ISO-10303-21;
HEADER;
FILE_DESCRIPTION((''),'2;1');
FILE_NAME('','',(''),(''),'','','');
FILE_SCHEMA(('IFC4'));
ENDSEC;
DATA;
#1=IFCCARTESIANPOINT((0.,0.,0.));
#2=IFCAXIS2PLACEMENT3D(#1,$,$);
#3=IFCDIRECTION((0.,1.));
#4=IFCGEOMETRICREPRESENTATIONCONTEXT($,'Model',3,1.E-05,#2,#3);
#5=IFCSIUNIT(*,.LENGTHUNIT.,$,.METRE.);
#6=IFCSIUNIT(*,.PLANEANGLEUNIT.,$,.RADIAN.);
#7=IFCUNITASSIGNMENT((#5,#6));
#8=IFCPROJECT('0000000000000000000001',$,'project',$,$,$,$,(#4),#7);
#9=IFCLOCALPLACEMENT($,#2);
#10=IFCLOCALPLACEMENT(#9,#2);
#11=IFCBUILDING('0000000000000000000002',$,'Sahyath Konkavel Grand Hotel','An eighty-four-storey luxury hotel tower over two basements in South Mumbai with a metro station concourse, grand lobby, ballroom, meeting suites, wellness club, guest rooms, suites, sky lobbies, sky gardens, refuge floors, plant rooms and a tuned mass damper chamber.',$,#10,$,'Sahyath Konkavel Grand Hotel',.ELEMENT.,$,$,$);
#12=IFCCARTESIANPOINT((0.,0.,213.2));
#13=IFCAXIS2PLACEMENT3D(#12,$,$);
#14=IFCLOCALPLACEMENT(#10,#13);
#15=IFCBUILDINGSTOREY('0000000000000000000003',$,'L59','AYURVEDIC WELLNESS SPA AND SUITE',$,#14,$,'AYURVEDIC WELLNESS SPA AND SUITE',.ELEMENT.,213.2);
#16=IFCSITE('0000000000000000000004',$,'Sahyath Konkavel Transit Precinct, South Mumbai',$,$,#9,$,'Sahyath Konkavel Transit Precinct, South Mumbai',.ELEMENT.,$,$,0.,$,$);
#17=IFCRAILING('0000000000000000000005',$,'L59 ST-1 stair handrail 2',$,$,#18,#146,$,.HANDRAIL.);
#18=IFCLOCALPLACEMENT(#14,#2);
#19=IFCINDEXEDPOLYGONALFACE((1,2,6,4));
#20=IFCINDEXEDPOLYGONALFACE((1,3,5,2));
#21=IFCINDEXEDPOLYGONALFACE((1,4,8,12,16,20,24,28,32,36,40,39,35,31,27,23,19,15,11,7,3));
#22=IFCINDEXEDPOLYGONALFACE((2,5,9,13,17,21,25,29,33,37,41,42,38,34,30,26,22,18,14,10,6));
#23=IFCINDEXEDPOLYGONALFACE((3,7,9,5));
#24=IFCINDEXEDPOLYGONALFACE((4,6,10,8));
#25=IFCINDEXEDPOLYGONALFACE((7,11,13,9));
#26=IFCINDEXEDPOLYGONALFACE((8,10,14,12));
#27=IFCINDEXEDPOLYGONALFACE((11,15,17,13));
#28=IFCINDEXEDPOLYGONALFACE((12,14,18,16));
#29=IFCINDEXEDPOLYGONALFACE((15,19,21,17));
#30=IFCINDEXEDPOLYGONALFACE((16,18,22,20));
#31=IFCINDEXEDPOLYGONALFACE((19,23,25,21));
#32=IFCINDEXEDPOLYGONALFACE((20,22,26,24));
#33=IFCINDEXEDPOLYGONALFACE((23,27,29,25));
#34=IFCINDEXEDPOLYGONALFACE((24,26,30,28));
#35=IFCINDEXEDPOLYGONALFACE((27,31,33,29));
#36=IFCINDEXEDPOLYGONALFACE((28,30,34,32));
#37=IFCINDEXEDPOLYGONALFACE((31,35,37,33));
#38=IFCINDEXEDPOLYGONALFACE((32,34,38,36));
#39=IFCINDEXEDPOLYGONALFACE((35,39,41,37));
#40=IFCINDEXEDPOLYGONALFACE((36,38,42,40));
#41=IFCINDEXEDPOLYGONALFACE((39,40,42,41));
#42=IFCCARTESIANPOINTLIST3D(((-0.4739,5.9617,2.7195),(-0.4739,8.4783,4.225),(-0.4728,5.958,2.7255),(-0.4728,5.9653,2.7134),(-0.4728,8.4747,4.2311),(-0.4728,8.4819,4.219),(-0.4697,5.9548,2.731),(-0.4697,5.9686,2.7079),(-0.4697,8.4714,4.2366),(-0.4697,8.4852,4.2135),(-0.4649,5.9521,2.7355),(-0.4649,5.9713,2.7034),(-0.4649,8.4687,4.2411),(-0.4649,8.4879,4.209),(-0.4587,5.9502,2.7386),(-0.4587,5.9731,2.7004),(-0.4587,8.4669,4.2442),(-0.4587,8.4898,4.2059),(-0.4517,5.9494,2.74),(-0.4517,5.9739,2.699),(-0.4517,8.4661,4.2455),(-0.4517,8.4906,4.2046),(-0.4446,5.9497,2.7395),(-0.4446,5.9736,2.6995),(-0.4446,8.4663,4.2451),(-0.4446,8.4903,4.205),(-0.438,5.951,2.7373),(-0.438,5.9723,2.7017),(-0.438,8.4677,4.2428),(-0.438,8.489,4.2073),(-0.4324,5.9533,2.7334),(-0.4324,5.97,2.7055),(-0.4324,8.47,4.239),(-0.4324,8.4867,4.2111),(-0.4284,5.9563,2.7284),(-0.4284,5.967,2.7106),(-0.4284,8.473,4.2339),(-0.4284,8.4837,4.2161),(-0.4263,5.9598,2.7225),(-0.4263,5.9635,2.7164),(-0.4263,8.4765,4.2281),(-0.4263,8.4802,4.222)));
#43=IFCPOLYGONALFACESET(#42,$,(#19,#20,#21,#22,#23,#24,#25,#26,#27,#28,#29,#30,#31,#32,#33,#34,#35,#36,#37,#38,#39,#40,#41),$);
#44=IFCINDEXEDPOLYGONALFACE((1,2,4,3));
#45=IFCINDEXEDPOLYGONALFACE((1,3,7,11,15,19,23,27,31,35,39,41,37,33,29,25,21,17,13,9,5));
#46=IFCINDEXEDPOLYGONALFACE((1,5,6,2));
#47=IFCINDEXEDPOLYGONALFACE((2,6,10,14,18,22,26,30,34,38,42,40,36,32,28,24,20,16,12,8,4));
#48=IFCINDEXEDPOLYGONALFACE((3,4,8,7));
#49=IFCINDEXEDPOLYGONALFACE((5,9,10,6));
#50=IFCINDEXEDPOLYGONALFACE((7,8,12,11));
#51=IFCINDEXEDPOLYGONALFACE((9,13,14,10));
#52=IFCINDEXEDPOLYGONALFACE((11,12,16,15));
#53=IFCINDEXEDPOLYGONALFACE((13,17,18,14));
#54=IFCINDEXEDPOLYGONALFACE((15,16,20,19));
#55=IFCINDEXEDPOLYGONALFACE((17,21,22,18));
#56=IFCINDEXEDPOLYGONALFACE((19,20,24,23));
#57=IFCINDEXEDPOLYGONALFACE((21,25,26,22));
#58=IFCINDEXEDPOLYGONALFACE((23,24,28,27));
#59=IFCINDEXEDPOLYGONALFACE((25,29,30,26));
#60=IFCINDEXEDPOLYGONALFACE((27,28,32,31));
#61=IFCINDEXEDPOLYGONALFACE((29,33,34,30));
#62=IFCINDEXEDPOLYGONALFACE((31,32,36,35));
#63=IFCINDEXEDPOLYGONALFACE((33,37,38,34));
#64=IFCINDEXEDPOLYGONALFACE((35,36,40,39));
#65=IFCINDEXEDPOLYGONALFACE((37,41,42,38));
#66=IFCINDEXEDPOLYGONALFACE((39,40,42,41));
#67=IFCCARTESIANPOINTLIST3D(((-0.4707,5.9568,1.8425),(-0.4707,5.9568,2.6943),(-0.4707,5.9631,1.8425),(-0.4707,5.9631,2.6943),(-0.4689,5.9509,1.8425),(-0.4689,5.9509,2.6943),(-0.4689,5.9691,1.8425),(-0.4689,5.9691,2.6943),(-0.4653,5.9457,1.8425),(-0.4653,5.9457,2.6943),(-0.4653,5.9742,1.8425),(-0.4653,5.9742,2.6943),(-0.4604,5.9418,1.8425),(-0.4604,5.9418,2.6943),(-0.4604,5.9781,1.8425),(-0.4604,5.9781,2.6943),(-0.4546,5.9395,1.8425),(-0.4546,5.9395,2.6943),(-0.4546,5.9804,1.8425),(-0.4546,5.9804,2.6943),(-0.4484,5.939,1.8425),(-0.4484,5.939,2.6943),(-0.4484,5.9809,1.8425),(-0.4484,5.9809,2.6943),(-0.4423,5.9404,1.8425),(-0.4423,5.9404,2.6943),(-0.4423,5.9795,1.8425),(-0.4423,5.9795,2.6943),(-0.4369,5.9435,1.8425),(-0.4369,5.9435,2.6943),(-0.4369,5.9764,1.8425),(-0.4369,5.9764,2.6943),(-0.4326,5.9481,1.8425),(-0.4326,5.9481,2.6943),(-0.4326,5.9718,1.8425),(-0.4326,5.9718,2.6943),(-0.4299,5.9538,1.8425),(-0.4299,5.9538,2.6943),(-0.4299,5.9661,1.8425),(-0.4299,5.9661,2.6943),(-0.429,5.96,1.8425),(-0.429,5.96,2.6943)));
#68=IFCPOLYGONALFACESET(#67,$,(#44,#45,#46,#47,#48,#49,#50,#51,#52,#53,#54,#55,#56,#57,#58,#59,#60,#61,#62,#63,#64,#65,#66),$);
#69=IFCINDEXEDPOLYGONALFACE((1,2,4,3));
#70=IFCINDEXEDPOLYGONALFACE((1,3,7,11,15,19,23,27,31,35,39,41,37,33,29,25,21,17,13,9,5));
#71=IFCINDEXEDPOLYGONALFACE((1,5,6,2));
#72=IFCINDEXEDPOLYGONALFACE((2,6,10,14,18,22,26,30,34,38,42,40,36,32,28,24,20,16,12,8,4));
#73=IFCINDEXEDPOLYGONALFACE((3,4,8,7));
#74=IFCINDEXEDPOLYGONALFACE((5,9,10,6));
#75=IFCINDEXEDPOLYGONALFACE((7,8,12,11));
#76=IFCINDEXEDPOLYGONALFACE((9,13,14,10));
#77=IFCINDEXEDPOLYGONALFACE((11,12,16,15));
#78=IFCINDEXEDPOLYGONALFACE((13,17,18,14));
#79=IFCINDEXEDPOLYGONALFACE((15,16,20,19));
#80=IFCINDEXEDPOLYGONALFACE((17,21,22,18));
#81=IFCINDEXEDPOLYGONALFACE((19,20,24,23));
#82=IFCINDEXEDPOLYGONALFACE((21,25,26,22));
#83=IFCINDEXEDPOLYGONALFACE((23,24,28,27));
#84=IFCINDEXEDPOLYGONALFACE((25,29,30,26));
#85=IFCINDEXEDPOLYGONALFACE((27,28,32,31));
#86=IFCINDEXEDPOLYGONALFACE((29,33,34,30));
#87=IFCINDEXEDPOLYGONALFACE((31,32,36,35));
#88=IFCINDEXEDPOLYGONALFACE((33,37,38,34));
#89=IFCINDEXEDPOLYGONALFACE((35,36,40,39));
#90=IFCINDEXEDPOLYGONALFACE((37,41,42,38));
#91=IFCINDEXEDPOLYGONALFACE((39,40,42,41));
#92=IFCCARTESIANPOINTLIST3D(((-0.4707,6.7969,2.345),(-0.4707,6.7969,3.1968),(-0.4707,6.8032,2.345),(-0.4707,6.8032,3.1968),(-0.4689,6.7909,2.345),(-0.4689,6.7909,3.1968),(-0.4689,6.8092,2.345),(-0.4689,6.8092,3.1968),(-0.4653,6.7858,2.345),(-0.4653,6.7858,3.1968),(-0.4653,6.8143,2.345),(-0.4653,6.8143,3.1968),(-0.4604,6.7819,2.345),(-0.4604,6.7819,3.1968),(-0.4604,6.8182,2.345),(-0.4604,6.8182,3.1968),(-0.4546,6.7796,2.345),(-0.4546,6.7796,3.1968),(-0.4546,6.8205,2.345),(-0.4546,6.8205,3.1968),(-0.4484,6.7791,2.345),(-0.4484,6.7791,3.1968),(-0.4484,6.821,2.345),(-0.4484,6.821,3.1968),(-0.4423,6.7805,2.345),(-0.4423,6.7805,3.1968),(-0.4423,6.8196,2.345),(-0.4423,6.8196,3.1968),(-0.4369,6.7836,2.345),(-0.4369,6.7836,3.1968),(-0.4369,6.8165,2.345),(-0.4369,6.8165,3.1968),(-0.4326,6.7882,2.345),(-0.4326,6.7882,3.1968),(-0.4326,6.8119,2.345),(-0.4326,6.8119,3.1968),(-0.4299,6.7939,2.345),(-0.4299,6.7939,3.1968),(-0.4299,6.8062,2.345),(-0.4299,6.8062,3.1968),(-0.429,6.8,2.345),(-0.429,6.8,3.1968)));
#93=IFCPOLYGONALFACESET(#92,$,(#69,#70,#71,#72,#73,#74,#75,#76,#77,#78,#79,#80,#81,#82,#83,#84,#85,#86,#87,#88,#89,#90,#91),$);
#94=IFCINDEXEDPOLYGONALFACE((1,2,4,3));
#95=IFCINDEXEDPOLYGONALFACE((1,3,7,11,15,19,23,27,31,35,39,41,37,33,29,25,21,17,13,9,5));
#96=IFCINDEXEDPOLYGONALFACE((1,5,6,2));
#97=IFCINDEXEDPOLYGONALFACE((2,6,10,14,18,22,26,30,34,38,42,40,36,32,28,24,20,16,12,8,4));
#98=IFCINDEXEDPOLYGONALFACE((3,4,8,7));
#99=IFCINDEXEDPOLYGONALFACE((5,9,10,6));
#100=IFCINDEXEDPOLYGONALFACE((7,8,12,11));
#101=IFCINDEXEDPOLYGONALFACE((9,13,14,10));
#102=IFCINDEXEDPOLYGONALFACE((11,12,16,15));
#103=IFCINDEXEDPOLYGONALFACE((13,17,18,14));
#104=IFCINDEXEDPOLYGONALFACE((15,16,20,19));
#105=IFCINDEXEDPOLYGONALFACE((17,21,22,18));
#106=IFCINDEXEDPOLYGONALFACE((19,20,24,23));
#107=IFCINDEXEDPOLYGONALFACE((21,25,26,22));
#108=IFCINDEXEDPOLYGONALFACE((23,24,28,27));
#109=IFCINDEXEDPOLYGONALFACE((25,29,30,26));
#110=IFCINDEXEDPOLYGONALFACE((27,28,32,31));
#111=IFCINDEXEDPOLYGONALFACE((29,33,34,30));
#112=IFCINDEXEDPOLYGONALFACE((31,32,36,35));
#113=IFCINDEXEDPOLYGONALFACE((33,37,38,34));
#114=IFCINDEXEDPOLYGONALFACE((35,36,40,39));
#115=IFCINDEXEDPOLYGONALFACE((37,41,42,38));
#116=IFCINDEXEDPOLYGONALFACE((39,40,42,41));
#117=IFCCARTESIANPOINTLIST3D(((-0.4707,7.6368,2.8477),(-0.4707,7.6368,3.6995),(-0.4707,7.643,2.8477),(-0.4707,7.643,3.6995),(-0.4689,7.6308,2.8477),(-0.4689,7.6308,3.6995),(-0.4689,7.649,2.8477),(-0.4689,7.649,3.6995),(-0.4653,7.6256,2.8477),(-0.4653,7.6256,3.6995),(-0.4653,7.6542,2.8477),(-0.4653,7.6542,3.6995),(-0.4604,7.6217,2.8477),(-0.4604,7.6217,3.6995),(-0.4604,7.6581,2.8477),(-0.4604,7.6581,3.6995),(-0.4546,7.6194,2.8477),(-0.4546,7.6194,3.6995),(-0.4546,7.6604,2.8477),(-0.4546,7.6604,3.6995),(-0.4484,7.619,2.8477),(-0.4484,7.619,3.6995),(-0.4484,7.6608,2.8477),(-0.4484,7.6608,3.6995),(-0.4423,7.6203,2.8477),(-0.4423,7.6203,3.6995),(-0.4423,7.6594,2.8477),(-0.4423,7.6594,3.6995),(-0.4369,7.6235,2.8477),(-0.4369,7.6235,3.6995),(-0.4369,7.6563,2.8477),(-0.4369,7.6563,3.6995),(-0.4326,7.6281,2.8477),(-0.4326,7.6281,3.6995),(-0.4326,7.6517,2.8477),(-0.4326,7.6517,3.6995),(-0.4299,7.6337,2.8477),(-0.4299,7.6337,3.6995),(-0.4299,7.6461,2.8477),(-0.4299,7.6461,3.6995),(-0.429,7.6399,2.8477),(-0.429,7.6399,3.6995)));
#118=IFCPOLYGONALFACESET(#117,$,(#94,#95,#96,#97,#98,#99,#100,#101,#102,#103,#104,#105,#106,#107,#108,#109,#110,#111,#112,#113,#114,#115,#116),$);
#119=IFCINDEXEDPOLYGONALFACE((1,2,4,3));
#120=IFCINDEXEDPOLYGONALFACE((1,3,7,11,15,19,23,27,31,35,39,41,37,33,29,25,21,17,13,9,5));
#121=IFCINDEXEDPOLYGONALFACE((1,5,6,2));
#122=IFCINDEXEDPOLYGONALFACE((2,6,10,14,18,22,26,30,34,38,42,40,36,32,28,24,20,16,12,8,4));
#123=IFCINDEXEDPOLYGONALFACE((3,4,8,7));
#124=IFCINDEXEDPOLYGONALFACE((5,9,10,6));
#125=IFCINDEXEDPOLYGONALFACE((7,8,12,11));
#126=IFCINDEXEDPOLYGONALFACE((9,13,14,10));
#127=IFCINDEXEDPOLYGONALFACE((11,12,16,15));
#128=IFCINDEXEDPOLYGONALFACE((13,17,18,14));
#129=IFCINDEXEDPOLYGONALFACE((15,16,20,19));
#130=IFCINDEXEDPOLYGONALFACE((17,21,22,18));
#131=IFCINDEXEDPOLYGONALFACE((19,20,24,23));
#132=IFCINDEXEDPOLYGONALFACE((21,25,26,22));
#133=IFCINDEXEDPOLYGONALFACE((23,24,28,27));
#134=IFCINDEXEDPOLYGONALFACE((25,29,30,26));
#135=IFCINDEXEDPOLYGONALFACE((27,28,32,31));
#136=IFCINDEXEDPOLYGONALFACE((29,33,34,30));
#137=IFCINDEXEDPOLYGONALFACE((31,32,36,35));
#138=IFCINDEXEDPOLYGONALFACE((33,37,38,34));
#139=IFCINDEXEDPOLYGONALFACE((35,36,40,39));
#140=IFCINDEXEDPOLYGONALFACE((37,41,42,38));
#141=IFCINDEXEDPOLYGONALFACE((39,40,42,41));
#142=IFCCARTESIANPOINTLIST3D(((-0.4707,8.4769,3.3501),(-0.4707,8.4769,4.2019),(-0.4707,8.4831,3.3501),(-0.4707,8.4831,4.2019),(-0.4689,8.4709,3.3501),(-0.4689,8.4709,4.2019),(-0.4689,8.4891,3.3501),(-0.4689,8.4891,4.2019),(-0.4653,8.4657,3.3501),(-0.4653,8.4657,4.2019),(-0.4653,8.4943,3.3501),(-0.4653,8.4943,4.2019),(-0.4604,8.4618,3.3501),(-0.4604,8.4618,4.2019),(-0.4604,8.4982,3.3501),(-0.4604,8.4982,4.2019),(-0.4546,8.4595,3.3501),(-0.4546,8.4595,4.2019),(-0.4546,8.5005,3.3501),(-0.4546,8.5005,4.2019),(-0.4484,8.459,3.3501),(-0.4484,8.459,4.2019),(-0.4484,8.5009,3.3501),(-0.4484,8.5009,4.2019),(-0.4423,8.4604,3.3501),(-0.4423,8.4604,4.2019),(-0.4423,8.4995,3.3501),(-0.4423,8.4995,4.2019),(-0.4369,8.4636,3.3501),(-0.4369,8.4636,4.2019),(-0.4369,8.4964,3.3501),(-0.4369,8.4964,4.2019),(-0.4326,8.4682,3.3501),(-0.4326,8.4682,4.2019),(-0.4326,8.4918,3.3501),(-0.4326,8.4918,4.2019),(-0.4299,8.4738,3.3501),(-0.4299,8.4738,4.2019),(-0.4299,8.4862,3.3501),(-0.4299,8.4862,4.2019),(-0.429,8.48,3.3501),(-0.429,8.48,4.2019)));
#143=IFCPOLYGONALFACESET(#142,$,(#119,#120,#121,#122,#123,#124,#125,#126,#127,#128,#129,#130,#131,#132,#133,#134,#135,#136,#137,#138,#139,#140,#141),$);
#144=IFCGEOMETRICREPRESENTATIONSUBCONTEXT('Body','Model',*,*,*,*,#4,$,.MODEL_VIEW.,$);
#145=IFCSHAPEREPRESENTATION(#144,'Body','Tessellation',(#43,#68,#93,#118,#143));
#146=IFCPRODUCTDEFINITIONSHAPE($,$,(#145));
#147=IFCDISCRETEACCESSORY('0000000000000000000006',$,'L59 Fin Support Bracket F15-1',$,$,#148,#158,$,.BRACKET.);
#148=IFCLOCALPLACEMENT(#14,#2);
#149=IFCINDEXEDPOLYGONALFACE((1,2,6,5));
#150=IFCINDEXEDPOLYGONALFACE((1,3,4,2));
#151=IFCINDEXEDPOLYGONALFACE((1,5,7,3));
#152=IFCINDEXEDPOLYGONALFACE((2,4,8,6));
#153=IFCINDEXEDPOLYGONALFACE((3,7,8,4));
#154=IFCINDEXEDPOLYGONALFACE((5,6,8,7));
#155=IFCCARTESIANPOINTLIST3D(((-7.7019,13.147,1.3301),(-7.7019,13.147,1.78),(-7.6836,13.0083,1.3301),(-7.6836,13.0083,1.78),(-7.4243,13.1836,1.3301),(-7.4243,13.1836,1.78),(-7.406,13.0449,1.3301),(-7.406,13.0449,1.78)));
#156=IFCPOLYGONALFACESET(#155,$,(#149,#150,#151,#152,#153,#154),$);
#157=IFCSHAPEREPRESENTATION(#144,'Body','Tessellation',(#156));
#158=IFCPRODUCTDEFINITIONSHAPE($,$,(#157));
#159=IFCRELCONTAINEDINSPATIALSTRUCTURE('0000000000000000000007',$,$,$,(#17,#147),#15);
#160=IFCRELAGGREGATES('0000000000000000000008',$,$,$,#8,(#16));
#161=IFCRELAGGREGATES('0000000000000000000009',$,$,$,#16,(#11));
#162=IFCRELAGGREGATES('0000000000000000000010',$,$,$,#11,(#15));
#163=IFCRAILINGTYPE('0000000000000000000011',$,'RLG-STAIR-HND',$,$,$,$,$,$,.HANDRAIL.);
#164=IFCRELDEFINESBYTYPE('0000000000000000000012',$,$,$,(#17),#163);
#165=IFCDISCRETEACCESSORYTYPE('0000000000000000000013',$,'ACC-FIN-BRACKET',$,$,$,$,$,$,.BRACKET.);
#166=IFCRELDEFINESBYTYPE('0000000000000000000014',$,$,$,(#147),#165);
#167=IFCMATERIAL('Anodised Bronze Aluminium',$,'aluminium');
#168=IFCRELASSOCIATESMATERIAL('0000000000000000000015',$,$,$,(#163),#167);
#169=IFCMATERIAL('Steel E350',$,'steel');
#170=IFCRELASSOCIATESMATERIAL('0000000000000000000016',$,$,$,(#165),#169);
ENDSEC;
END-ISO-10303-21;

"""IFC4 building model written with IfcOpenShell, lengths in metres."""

from ifc_helpers import new_model, si_unit, direction, frame, origin, origin_2d, place, context, subcontext, project, spatial, rectangle, circle, extrude, source, transform, mapped, material, type_object, element, save


model = new_model("IFC4")

# Units and contexts
model_context = context("Model", 3, precision=1e-05, world=origin(), true_north=direction((0.0, 1.0)))
body_context = subcontext(model_context, "Body", "Model", "MODEL_VIEW")
ifc_project = project(units=[si_unit("LENGTHUNIT", "METRE"), si_unit("PLANEANGLEUNIT", "RADIAN")], contexts=[model_context])

# Site, building, storey
site_placement = place(None, origin())
site = spatial("IfcSite", under=ifc_project, at=site_placement, Name="Sahyath Konkavel Transit Precinct, South Mumbai", LongName="Sahyath Konkavel Transit Precinct, South Mumbai", CompositionType="ELEMENT", RefElevation=0.0)
building_placement = place(site_placement, origin())
building = spatial("IfcBuilding", under=site, at=building_placement, Name="Sahyath Konkavel Grand Hotel", Description="An eighty-four-storey luxury hotel tower over two basements in South Mumbai with a metro station concourse, grand lobby, ballroom, meeting suites, wellness club, guest rooms, suites, sky lobbies, sky gardens, refuge floors, plant rooms and a tuned mass damper chamber.", LongName="Sahyath Konkavel Grand Hotel", CompositionType="ELEMENT")
storey_placement = place(building_placement, frame((0.0, 0.0, 213.2)))
storey = spatial("IfcBuildingStorey", under=building, at=storey_placement, Name="L59", Description="AYURVEDIC WELLNESS SPA AND SUITE", LongName="AYURVEDIC WELLNESS SPA AND SUITE", CompositionType="ELEMENT", Elevation=213.2)

# Shared definitions
ifc_material_1 = material(Name="Steel E350", Category="steel")

# Shared definitions
ifc_material_2 = material(Name="Anodised Bronze Aluminium", Category="aluminium")

# Railing
railing_type_1 = type_object("IfcRailingType", Name="RLG-STAIR-HND", PredefinedType="HANDRAIL", material=ifc_material_2)
railing_1_placement = place(storey_placement, frame((-0.45, 5.96, 1.8425)))
element("IfcRailing", 1, at=railing_1_placement, inside=storey, type_object=railing_type_1, Name="L59 ST-1 stair handrail 2", PredefinedType="HANDRAIL", context=body_context, shape_type="SweptSolid", body=[
    extrude(circle(Radius=0.0239, at=origin_2d()), frame((0.0, 0.0017, 0.877), z_axis=(0.0, 0.85816, 0.513383), x_axis=(-1.0, 0.0, 0.0)), (0.0, 0.0, 1.0), 2.9326),
    extrude(circle(Radius=0.021, at=origin_2d()), origin(), (0.0, 0.0, 1.0), 0.8518),
    extrude(circle(Radius=0.021, at=origin_2d()), frame((0.0, 0.8401, 0.5024)), (0.0, 0.0, 1.0), 0.8518),
    extrude(circle(Radius=0.021, at=origin_2d()), frame((0.0, 1.6799, 1.0051)), (0.0, 0.0, 1.0), 0.8518),
    extrude(circle(Radius=0.021, at=origin_2d()), frame((0.0, 2.52, 1.5076)), (0.0, 0.0, 1.0), 0.8518),
])

# Discrete accessory
discrete_accessory_type = type_object("IfcDiscreteAccessoryType", Name="ACC-FIN-BRACKET", PredefinedType="BRACKET", material=ifc_material_1)
shared_shape_1 = source(origin(), body_context, "Body", "SweptSolid", [
    extrude(rectangle(XDim=0.28, YDim=0.1399, at=origin_2d()), origin(), (0.0, 0.0, 1.0), 0.45),
])
discrete_accessory_placement = place(storey_placement, frame((-7.554, 13.0959, 1.3301), z_axis=(0.0, 0.0, 1.0), x_axis=(-0.991445, -0.130526, 0.0)))
element("IfcDiscreteAccessory", 2, at=discrete_accessory_placement, inside=storey, type_object=discrete_accessory_type, Name="L59 Fin Support Bracket F15-1", PredefinedType="BRACKET", context=body_context, shape_type="MappedRepresentation", body=[
    mapped(shared_shape_1, transform((0.0, 0.0, 0.0), scale=1.0)),
])

save(model, "model.ifc")
